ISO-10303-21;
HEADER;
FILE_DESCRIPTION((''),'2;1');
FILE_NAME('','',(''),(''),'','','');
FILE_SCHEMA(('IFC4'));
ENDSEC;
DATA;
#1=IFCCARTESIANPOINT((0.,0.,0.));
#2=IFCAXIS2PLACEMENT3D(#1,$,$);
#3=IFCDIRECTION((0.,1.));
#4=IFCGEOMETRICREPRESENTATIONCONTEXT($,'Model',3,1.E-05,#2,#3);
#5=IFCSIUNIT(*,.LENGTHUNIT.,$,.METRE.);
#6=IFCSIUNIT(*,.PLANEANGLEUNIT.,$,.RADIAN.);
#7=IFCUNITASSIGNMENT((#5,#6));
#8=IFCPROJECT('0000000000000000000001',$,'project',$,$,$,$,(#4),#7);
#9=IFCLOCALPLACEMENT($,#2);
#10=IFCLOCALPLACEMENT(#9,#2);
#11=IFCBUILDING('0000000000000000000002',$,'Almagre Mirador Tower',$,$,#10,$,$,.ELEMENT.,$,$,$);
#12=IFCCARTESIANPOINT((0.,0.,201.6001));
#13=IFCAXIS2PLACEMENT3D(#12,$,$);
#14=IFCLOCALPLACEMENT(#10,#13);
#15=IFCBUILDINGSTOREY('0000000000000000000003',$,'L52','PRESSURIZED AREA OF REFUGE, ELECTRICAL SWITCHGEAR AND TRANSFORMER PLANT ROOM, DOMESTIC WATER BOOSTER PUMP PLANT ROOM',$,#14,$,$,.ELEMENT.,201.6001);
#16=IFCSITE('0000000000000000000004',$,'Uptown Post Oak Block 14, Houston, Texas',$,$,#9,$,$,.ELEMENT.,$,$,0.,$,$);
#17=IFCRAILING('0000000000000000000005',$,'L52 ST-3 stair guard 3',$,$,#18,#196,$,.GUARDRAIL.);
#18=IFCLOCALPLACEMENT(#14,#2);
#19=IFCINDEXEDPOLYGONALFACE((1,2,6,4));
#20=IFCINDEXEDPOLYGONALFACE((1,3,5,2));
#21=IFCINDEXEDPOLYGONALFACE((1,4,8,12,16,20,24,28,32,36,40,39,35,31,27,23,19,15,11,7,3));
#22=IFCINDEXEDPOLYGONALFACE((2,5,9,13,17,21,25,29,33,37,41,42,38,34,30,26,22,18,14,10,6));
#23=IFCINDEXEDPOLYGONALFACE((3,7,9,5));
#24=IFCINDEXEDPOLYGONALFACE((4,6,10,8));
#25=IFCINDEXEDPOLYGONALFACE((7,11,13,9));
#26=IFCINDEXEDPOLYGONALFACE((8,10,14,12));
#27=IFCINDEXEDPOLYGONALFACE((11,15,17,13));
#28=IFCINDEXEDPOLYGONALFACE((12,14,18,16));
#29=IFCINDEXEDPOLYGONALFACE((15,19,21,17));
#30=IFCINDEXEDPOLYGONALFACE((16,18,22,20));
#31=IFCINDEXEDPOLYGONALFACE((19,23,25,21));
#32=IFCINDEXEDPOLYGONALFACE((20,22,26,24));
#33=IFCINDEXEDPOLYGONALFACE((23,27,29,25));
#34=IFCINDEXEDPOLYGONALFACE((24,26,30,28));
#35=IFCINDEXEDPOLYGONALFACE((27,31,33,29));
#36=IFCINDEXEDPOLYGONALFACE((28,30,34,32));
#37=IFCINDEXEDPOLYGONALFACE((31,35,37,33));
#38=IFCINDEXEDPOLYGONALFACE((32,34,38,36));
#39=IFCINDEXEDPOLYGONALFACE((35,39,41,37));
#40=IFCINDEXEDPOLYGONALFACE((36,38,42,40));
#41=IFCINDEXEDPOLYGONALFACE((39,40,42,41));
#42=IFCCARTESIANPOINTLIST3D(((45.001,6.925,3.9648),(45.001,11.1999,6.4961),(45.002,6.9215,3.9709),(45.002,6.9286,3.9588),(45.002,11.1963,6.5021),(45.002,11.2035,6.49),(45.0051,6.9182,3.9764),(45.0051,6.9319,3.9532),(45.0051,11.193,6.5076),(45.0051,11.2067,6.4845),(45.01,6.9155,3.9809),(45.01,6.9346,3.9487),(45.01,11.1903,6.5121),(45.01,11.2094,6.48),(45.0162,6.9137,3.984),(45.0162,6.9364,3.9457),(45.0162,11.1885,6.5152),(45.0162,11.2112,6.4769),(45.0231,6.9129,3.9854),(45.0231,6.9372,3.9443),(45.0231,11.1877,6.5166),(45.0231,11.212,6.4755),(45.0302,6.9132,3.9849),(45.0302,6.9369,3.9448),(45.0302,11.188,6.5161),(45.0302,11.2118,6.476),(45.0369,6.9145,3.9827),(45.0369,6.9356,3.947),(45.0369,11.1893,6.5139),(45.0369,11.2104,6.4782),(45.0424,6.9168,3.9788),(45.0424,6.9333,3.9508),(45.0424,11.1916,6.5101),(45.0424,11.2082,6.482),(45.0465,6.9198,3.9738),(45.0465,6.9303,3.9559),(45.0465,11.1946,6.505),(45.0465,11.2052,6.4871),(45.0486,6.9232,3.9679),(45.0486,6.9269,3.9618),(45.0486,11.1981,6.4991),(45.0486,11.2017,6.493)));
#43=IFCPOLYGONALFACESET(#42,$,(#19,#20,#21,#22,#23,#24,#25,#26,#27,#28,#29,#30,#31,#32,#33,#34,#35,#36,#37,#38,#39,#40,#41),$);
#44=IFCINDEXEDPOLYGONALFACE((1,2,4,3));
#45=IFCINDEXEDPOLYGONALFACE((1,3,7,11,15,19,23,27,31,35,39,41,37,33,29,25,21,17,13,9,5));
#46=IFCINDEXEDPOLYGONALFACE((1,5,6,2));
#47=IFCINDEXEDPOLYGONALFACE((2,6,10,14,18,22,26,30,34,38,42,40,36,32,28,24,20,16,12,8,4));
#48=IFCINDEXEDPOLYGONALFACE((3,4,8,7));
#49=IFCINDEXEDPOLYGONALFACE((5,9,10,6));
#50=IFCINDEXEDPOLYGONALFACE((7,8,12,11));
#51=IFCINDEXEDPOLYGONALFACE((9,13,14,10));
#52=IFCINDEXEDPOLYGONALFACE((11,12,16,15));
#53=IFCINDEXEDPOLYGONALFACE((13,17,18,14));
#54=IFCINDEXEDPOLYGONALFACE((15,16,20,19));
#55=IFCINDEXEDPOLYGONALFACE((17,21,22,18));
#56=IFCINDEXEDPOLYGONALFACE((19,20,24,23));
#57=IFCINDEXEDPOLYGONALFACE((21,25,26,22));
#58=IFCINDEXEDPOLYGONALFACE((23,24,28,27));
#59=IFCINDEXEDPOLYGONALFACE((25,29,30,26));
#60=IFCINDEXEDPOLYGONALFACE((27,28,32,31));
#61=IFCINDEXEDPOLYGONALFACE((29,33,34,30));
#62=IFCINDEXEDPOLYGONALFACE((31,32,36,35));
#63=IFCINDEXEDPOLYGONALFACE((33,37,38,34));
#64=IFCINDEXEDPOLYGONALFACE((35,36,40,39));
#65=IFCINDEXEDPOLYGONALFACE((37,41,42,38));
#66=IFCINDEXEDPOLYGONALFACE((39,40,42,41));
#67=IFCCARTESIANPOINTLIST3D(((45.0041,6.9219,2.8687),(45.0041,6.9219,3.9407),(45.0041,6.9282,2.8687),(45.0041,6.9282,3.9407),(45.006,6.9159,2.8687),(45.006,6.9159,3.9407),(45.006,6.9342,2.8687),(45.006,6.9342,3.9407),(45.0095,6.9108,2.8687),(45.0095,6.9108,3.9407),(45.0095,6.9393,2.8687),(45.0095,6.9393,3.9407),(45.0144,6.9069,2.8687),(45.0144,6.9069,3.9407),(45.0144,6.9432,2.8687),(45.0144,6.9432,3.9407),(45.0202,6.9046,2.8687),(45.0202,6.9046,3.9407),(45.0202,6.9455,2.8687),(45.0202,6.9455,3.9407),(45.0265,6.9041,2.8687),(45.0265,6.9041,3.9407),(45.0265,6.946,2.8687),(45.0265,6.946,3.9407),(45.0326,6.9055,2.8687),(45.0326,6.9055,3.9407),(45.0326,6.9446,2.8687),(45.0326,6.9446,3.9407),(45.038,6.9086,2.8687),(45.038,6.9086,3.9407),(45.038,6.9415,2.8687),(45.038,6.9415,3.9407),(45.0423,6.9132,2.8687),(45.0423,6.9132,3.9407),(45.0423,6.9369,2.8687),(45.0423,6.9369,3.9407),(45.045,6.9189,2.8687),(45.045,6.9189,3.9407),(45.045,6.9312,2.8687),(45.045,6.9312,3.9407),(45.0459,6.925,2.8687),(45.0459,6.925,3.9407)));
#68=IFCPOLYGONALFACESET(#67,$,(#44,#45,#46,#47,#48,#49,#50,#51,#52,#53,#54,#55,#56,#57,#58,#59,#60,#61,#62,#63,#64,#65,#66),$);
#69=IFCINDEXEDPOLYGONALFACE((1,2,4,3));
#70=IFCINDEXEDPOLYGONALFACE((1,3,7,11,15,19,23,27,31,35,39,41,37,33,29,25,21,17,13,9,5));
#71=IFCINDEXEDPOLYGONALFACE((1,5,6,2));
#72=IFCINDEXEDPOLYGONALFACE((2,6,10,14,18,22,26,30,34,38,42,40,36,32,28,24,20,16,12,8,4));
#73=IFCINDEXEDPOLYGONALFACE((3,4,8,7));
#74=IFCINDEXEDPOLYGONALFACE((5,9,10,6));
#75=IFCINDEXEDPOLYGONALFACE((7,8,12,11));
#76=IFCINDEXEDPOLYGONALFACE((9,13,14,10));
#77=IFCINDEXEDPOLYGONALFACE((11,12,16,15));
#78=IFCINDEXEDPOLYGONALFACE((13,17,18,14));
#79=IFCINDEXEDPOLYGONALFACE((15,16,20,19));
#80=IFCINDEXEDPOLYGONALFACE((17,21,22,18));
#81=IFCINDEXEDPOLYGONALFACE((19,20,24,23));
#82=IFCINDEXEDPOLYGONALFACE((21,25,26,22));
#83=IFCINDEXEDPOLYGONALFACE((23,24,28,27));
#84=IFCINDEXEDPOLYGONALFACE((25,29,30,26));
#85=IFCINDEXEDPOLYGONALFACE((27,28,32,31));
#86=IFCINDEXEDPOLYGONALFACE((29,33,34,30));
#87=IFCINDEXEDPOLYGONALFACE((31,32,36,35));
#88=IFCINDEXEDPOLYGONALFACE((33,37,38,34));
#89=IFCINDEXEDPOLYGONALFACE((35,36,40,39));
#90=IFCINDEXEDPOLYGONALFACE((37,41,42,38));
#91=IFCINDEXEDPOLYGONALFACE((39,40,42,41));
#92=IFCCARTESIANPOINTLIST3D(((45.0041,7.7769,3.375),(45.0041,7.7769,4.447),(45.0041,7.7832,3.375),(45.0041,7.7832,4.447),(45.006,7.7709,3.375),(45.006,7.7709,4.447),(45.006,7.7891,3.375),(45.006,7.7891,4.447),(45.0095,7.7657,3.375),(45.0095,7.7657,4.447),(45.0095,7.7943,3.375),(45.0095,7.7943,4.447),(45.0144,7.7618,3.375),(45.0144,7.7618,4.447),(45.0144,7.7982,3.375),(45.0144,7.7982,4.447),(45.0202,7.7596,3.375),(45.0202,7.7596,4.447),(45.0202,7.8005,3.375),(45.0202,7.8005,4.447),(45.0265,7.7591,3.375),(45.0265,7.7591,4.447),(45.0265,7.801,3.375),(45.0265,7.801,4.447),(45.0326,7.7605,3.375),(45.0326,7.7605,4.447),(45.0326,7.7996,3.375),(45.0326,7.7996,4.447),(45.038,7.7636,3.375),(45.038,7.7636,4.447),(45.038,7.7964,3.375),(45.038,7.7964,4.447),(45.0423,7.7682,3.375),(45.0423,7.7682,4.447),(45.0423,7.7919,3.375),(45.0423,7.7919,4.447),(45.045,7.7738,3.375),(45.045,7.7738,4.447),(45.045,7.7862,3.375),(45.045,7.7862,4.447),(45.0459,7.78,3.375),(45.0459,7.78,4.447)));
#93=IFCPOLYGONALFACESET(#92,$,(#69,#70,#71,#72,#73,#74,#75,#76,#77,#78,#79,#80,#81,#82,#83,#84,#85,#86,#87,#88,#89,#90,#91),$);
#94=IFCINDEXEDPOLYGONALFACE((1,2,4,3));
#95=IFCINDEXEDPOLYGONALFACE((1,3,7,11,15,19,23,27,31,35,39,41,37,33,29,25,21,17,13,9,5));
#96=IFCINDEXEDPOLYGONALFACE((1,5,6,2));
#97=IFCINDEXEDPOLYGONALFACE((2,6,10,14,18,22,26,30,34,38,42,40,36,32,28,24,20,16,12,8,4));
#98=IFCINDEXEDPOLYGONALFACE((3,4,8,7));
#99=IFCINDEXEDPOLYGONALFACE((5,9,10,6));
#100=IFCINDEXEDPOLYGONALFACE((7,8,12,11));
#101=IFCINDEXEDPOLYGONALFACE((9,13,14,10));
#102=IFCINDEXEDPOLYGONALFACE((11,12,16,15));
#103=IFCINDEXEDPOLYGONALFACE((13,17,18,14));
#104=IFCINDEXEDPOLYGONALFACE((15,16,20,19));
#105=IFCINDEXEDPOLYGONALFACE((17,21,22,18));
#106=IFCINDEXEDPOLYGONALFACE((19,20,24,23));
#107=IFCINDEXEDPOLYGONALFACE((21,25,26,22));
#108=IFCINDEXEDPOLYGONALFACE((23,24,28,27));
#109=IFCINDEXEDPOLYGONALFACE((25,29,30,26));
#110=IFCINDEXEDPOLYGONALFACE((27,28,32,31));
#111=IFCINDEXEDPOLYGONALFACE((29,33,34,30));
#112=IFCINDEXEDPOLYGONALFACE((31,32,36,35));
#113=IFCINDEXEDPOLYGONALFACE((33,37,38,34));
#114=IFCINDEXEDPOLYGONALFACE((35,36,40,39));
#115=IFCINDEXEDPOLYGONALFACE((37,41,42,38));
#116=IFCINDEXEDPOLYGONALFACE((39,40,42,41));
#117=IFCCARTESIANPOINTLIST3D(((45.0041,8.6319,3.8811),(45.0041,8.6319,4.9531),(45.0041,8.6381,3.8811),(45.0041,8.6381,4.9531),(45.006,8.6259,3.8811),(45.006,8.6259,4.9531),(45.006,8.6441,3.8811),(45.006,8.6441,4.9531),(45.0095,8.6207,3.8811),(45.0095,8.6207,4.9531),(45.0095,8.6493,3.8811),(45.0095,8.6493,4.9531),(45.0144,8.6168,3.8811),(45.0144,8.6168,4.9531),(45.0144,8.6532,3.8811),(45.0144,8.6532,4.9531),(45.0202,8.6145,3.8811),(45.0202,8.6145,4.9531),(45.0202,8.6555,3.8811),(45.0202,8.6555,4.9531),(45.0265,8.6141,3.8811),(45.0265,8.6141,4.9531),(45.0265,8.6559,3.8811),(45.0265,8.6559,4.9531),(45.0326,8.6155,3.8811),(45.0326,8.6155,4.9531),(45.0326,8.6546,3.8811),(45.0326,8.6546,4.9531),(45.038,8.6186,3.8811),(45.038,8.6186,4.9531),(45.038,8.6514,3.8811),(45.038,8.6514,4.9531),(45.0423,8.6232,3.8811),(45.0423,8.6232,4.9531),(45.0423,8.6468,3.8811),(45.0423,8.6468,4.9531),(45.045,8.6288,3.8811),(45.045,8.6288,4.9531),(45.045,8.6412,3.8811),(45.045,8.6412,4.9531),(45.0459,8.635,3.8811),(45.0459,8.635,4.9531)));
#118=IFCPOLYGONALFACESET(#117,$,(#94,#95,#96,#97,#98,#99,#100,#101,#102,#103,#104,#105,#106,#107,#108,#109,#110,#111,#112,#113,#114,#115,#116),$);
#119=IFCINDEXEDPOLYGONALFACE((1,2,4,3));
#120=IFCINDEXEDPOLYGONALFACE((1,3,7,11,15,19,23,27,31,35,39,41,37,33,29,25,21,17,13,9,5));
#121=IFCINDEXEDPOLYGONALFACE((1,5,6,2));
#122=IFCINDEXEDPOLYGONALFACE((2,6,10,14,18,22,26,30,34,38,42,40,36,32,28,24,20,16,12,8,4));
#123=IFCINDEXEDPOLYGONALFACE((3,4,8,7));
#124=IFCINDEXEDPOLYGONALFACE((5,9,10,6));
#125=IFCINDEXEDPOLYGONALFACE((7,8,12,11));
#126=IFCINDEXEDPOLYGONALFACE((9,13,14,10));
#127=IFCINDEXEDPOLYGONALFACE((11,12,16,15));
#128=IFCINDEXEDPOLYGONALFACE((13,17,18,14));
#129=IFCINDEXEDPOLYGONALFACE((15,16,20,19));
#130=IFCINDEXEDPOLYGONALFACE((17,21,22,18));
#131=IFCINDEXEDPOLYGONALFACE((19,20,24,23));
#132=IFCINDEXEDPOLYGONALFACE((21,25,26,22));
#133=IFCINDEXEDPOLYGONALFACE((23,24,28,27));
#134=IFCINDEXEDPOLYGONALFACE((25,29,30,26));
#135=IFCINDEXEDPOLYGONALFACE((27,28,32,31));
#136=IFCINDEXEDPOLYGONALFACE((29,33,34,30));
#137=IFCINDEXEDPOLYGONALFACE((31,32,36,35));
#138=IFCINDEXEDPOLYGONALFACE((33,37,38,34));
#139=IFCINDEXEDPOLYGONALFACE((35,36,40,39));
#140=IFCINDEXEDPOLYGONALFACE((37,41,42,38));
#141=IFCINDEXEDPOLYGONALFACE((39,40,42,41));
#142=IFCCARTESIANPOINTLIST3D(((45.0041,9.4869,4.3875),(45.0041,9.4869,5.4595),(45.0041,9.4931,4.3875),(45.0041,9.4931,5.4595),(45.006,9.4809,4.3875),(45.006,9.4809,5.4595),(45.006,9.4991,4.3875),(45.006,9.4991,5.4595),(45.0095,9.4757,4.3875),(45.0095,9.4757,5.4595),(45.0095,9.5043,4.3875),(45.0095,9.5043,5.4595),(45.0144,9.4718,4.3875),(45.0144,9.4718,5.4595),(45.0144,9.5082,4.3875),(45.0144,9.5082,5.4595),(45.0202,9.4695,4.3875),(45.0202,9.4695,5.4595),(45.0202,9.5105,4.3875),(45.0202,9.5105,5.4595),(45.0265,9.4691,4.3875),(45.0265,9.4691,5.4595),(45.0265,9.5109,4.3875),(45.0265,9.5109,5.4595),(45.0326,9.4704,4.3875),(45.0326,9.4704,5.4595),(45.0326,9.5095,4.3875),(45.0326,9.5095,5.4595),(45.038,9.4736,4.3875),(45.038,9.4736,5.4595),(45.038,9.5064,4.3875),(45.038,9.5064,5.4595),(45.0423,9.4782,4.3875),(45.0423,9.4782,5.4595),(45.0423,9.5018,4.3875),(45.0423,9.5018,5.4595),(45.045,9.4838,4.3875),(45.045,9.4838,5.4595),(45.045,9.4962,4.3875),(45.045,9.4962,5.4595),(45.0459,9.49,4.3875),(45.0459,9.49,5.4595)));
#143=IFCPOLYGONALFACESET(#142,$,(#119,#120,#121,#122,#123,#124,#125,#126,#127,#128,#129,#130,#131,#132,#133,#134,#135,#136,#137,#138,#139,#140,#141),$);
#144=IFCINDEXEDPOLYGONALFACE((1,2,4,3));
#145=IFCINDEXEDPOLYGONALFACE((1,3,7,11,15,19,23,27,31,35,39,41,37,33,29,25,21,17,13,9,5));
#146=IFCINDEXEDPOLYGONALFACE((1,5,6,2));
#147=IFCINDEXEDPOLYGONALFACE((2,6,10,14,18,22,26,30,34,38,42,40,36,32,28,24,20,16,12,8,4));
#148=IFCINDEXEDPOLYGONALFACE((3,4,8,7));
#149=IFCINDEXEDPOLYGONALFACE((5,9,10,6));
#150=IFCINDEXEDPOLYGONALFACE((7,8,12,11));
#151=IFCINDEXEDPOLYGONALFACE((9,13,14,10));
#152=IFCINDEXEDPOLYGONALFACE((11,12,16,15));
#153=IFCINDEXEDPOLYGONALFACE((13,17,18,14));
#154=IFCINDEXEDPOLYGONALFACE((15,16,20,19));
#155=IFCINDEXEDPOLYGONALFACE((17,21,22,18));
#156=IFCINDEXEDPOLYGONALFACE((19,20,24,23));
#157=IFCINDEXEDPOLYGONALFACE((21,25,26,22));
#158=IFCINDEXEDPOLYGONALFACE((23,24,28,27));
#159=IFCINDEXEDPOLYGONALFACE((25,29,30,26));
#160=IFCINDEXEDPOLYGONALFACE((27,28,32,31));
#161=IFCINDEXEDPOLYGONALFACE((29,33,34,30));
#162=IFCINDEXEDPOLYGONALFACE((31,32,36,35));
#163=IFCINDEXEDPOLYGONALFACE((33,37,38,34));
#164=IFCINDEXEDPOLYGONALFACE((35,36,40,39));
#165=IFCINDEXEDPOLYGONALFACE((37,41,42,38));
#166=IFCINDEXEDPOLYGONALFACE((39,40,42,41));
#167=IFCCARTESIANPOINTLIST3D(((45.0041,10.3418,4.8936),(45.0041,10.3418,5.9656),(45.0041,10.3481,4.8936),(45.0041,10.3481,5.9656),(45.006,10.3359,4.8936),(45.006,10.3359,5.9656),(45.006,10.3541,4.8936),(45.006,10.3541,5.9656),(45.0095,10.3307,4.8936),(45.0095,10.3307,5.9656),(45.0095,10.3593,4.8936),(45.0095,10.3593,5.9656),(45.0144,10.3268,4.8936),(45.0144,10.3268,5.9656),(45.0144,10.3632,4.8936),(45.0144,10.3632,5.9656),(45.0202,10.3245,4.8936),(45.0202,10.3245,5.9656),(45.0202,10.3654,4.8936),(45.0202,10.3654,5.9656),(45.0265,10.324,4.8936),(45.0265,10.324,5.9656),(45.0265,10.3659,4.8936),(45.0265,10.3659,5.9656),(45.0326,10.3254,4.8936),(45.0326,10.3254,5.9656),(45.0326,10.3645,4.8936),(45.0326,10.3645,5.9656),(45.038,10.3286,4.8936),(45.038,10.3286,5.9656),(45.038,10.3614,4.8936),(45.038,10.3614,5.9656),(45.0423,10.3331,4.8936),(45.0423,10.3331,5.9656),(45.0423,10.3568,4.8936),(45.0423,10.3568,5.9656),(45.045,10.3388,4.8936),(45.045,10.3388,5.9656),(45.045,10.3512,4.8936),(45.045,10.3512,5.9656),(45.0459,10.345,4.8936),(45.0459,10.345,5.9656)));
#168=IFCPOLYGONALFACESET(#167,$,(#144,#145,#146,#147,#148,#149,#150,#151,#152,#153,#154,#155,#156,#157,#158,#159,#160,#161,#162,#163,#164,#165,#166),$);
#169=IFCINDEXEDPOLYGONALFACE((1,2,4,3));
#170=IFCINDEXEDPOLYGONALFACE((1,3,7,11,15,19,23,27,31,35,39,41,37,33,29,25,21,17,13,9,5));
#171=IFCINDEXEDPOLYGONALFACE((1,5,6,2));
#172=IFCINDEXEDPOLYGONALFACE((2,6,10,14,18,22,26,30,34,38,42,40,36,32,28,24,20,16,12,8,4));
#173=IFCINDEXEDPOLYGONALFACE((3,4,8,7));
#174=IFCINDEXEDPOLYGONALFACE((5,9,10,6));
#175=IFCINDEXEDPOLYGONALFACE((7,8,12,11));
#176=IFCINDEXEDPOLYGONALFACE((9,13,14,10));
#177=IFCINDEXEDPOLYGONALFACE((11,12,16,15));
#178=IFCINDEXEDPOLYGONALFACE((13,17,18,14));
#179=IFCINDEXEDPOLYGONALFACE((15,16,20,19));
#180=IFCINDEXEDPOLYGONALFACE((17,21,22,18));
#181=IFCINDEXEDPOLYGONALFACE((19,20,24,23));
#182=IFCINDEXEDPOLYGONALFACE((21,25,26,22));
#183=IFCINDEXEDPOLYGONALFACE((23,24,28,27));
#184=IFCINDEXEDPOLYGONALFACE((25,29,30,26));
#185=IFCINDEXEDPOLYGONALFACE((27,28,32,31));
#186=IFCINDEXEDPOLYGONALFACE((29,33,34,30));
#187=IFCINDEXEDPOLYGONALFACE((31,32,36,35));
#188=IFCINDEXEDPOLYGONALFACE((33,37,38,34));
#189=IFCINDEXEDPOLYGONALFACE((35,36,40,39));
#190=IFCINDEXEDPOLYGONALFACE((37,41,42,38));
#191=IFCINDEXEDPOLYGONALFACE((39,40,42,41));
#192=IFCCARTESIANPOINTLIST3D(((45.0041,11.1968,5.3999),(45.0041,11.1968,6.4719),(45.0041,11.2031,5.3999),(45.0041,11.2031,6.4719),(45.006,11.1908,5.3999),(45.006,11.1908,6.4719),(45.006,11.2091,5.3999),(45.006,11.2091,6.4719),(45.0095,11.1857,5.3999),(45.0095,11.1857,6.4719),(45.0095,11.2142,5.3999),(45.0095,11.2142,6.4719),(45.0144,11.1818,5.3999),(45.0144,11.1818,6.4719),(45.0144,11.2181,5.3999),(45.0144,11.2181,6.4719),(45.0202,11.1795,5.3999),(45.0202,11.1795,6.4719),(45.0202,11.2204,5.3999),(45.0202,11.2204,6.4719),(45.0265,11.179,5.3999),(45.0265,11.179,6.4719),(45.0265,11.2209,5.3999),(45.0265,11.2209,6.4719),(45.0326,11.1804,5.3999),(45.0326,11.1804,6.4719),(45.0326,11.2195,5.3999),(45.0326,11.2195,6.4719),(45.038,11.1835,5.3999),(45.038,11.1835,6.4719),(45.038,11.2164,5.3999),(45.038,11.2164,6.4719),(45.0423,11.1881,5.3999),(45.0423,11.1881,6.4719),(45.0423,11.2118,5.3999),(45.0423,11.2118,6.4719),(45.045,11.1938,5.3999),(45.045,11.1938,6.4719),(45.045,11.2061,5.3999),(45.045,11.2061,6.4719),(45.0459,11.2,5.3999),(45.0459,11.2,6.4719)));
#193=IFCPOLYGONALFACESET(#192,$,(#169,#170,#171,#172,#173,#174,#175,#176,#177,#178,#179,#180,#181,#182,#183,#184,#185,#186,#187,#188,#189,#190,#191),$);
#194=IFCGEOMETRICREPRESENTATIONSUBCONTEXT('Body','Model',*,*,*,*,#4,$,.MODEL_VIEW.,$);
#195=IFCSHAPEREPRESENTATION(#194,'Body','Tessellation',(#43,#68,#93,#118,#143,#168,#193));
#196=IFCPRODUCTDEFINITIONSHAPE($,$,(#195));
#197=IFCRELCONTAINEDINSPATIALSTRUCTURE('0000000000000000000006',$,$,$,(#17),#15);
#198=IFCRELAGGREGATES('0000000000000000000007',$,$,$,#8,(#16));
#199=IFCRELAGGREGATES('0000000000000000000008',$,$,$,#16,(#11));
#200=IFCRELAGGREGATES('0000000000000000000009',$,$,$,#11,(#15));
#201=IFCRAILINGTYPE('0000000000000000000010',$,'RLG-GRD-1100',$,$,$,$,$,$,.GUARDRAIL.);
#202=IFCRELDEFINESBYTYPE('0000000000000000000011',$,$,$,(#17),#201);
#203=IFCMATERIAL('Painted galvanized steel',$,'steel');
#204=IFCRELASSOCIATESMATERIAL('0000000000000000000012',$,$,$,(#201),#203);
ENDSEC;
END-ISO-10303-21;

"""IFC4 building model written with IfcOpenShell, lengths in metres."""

from ifc_helpers import new_model, si_unit, direction, frame, origin, origin_2d, place, context, subcontext, project, spatial, circle, extrude, material, type_object, element, save


model = new_model("IFC4")

# Units and contexts
model_context = context("Model", 3, precision=1e-05, world=origin(), true_north=direction((0.0, 1.0)))
body_context = subcontext(model_context, "Body", "Model", "MODEL_VIEW")
ifc_project = project(units=[si_unit("LENGTHUNIT", "METRE"), si_unit("PLANEANGLEUNIT", "RADIAN")], contexts=[model_context])

# Site, building, storey
site_placement = place(None, origin())
site = spatial("IfcSite", under=ifc_project, at=site_placement, Name="Uptown Post Oak Block 14, Houston, Texas", CompositionType="ELEMENT", RefElevation=0.0)
building_placement = place(site_placement, origin())
building = spatial("IfcBuilding", under=site, at=building_placement, Name="Almagre Mirador Tower", CompositionType="ELEMENT")
storey_placement = place(building_placement, frame((0.0, 0.0, 201.6001)))
storey = spatial("IfcBuildingStorey", under=building, at=storey_placement, Name="L52", Description="PRESSURIZED AREA OF REFUGE, ELECTRICAL SWITCHGEAR AND TRANSFORMER PLANT ROOM, DOMESTIC WATER BOOSTER PUMP PLANT ROOM", CompositionType="ELEMENT", Elevation=201.6001)

# Railing
ifc_material_1 = material(Name="Painted galvanized steel", Category="steel")
railing_type_1 = type_object("IfcRailingType", Name="RLG-GRD-1100", PredefinedType="GUARDRAIL", material=ifc_material_1)
railing_1_placement = place(storey_placement, frame((45.0249, 6.925, 2.8687)))
element("IfcRailing", 1, at=railing_1_placement, inside=storey, type_object=railing_type_1, Name="L52 ST-3 stair guard 3", PredefinedType="GUARDRAIL", context=body_context, shape_type="SweptSolid", body=[
    extrude(circle(Radius=0.0239, at=origin_2d()), frame((0.0, 0.0, 1.0962), z_axis=(0.0, 0.86047, 0.509501), x_axis=(-1.0, 0.0, 0.0)), (0.0, 0.0, 1.0), 4.968),
    extrude(circle(Radius=0.021, at=origin_2d()), origin(), (0.0, 0.0, 1.0), 1.072),
    extrude(circle(Radius=0.021, at=origin_2d()), frame((0.0, 0.855, 0.5063)), (0.0, 0.0, 1.0), 1.072),
    extrude(circle(Radius=0.021, at=origin_2d()), frame((0.0, 1.71, 1.0125)), (0.0, 0.0, 1.0), 1.072),
    extrude(circle(Radius=0.021, at=origin_2d()), frame((0.0, 2.5649, 1.5188)), (0.0, 0.0, 1.0), 1.072),
    extrude(circle(Radius=0.021, at=origin_2d()), frame((0.0, 3.4199, 2.0249)), (0.0, 0.0, 1.0), 1.072),
    extrude(circle(Radius=0.021, at=origin_2d()), frame((0.0, 4.2749, 2.5312)), (0.0, 0.0, 1.0), 1.072),
])

save(model, "model.ifc")
